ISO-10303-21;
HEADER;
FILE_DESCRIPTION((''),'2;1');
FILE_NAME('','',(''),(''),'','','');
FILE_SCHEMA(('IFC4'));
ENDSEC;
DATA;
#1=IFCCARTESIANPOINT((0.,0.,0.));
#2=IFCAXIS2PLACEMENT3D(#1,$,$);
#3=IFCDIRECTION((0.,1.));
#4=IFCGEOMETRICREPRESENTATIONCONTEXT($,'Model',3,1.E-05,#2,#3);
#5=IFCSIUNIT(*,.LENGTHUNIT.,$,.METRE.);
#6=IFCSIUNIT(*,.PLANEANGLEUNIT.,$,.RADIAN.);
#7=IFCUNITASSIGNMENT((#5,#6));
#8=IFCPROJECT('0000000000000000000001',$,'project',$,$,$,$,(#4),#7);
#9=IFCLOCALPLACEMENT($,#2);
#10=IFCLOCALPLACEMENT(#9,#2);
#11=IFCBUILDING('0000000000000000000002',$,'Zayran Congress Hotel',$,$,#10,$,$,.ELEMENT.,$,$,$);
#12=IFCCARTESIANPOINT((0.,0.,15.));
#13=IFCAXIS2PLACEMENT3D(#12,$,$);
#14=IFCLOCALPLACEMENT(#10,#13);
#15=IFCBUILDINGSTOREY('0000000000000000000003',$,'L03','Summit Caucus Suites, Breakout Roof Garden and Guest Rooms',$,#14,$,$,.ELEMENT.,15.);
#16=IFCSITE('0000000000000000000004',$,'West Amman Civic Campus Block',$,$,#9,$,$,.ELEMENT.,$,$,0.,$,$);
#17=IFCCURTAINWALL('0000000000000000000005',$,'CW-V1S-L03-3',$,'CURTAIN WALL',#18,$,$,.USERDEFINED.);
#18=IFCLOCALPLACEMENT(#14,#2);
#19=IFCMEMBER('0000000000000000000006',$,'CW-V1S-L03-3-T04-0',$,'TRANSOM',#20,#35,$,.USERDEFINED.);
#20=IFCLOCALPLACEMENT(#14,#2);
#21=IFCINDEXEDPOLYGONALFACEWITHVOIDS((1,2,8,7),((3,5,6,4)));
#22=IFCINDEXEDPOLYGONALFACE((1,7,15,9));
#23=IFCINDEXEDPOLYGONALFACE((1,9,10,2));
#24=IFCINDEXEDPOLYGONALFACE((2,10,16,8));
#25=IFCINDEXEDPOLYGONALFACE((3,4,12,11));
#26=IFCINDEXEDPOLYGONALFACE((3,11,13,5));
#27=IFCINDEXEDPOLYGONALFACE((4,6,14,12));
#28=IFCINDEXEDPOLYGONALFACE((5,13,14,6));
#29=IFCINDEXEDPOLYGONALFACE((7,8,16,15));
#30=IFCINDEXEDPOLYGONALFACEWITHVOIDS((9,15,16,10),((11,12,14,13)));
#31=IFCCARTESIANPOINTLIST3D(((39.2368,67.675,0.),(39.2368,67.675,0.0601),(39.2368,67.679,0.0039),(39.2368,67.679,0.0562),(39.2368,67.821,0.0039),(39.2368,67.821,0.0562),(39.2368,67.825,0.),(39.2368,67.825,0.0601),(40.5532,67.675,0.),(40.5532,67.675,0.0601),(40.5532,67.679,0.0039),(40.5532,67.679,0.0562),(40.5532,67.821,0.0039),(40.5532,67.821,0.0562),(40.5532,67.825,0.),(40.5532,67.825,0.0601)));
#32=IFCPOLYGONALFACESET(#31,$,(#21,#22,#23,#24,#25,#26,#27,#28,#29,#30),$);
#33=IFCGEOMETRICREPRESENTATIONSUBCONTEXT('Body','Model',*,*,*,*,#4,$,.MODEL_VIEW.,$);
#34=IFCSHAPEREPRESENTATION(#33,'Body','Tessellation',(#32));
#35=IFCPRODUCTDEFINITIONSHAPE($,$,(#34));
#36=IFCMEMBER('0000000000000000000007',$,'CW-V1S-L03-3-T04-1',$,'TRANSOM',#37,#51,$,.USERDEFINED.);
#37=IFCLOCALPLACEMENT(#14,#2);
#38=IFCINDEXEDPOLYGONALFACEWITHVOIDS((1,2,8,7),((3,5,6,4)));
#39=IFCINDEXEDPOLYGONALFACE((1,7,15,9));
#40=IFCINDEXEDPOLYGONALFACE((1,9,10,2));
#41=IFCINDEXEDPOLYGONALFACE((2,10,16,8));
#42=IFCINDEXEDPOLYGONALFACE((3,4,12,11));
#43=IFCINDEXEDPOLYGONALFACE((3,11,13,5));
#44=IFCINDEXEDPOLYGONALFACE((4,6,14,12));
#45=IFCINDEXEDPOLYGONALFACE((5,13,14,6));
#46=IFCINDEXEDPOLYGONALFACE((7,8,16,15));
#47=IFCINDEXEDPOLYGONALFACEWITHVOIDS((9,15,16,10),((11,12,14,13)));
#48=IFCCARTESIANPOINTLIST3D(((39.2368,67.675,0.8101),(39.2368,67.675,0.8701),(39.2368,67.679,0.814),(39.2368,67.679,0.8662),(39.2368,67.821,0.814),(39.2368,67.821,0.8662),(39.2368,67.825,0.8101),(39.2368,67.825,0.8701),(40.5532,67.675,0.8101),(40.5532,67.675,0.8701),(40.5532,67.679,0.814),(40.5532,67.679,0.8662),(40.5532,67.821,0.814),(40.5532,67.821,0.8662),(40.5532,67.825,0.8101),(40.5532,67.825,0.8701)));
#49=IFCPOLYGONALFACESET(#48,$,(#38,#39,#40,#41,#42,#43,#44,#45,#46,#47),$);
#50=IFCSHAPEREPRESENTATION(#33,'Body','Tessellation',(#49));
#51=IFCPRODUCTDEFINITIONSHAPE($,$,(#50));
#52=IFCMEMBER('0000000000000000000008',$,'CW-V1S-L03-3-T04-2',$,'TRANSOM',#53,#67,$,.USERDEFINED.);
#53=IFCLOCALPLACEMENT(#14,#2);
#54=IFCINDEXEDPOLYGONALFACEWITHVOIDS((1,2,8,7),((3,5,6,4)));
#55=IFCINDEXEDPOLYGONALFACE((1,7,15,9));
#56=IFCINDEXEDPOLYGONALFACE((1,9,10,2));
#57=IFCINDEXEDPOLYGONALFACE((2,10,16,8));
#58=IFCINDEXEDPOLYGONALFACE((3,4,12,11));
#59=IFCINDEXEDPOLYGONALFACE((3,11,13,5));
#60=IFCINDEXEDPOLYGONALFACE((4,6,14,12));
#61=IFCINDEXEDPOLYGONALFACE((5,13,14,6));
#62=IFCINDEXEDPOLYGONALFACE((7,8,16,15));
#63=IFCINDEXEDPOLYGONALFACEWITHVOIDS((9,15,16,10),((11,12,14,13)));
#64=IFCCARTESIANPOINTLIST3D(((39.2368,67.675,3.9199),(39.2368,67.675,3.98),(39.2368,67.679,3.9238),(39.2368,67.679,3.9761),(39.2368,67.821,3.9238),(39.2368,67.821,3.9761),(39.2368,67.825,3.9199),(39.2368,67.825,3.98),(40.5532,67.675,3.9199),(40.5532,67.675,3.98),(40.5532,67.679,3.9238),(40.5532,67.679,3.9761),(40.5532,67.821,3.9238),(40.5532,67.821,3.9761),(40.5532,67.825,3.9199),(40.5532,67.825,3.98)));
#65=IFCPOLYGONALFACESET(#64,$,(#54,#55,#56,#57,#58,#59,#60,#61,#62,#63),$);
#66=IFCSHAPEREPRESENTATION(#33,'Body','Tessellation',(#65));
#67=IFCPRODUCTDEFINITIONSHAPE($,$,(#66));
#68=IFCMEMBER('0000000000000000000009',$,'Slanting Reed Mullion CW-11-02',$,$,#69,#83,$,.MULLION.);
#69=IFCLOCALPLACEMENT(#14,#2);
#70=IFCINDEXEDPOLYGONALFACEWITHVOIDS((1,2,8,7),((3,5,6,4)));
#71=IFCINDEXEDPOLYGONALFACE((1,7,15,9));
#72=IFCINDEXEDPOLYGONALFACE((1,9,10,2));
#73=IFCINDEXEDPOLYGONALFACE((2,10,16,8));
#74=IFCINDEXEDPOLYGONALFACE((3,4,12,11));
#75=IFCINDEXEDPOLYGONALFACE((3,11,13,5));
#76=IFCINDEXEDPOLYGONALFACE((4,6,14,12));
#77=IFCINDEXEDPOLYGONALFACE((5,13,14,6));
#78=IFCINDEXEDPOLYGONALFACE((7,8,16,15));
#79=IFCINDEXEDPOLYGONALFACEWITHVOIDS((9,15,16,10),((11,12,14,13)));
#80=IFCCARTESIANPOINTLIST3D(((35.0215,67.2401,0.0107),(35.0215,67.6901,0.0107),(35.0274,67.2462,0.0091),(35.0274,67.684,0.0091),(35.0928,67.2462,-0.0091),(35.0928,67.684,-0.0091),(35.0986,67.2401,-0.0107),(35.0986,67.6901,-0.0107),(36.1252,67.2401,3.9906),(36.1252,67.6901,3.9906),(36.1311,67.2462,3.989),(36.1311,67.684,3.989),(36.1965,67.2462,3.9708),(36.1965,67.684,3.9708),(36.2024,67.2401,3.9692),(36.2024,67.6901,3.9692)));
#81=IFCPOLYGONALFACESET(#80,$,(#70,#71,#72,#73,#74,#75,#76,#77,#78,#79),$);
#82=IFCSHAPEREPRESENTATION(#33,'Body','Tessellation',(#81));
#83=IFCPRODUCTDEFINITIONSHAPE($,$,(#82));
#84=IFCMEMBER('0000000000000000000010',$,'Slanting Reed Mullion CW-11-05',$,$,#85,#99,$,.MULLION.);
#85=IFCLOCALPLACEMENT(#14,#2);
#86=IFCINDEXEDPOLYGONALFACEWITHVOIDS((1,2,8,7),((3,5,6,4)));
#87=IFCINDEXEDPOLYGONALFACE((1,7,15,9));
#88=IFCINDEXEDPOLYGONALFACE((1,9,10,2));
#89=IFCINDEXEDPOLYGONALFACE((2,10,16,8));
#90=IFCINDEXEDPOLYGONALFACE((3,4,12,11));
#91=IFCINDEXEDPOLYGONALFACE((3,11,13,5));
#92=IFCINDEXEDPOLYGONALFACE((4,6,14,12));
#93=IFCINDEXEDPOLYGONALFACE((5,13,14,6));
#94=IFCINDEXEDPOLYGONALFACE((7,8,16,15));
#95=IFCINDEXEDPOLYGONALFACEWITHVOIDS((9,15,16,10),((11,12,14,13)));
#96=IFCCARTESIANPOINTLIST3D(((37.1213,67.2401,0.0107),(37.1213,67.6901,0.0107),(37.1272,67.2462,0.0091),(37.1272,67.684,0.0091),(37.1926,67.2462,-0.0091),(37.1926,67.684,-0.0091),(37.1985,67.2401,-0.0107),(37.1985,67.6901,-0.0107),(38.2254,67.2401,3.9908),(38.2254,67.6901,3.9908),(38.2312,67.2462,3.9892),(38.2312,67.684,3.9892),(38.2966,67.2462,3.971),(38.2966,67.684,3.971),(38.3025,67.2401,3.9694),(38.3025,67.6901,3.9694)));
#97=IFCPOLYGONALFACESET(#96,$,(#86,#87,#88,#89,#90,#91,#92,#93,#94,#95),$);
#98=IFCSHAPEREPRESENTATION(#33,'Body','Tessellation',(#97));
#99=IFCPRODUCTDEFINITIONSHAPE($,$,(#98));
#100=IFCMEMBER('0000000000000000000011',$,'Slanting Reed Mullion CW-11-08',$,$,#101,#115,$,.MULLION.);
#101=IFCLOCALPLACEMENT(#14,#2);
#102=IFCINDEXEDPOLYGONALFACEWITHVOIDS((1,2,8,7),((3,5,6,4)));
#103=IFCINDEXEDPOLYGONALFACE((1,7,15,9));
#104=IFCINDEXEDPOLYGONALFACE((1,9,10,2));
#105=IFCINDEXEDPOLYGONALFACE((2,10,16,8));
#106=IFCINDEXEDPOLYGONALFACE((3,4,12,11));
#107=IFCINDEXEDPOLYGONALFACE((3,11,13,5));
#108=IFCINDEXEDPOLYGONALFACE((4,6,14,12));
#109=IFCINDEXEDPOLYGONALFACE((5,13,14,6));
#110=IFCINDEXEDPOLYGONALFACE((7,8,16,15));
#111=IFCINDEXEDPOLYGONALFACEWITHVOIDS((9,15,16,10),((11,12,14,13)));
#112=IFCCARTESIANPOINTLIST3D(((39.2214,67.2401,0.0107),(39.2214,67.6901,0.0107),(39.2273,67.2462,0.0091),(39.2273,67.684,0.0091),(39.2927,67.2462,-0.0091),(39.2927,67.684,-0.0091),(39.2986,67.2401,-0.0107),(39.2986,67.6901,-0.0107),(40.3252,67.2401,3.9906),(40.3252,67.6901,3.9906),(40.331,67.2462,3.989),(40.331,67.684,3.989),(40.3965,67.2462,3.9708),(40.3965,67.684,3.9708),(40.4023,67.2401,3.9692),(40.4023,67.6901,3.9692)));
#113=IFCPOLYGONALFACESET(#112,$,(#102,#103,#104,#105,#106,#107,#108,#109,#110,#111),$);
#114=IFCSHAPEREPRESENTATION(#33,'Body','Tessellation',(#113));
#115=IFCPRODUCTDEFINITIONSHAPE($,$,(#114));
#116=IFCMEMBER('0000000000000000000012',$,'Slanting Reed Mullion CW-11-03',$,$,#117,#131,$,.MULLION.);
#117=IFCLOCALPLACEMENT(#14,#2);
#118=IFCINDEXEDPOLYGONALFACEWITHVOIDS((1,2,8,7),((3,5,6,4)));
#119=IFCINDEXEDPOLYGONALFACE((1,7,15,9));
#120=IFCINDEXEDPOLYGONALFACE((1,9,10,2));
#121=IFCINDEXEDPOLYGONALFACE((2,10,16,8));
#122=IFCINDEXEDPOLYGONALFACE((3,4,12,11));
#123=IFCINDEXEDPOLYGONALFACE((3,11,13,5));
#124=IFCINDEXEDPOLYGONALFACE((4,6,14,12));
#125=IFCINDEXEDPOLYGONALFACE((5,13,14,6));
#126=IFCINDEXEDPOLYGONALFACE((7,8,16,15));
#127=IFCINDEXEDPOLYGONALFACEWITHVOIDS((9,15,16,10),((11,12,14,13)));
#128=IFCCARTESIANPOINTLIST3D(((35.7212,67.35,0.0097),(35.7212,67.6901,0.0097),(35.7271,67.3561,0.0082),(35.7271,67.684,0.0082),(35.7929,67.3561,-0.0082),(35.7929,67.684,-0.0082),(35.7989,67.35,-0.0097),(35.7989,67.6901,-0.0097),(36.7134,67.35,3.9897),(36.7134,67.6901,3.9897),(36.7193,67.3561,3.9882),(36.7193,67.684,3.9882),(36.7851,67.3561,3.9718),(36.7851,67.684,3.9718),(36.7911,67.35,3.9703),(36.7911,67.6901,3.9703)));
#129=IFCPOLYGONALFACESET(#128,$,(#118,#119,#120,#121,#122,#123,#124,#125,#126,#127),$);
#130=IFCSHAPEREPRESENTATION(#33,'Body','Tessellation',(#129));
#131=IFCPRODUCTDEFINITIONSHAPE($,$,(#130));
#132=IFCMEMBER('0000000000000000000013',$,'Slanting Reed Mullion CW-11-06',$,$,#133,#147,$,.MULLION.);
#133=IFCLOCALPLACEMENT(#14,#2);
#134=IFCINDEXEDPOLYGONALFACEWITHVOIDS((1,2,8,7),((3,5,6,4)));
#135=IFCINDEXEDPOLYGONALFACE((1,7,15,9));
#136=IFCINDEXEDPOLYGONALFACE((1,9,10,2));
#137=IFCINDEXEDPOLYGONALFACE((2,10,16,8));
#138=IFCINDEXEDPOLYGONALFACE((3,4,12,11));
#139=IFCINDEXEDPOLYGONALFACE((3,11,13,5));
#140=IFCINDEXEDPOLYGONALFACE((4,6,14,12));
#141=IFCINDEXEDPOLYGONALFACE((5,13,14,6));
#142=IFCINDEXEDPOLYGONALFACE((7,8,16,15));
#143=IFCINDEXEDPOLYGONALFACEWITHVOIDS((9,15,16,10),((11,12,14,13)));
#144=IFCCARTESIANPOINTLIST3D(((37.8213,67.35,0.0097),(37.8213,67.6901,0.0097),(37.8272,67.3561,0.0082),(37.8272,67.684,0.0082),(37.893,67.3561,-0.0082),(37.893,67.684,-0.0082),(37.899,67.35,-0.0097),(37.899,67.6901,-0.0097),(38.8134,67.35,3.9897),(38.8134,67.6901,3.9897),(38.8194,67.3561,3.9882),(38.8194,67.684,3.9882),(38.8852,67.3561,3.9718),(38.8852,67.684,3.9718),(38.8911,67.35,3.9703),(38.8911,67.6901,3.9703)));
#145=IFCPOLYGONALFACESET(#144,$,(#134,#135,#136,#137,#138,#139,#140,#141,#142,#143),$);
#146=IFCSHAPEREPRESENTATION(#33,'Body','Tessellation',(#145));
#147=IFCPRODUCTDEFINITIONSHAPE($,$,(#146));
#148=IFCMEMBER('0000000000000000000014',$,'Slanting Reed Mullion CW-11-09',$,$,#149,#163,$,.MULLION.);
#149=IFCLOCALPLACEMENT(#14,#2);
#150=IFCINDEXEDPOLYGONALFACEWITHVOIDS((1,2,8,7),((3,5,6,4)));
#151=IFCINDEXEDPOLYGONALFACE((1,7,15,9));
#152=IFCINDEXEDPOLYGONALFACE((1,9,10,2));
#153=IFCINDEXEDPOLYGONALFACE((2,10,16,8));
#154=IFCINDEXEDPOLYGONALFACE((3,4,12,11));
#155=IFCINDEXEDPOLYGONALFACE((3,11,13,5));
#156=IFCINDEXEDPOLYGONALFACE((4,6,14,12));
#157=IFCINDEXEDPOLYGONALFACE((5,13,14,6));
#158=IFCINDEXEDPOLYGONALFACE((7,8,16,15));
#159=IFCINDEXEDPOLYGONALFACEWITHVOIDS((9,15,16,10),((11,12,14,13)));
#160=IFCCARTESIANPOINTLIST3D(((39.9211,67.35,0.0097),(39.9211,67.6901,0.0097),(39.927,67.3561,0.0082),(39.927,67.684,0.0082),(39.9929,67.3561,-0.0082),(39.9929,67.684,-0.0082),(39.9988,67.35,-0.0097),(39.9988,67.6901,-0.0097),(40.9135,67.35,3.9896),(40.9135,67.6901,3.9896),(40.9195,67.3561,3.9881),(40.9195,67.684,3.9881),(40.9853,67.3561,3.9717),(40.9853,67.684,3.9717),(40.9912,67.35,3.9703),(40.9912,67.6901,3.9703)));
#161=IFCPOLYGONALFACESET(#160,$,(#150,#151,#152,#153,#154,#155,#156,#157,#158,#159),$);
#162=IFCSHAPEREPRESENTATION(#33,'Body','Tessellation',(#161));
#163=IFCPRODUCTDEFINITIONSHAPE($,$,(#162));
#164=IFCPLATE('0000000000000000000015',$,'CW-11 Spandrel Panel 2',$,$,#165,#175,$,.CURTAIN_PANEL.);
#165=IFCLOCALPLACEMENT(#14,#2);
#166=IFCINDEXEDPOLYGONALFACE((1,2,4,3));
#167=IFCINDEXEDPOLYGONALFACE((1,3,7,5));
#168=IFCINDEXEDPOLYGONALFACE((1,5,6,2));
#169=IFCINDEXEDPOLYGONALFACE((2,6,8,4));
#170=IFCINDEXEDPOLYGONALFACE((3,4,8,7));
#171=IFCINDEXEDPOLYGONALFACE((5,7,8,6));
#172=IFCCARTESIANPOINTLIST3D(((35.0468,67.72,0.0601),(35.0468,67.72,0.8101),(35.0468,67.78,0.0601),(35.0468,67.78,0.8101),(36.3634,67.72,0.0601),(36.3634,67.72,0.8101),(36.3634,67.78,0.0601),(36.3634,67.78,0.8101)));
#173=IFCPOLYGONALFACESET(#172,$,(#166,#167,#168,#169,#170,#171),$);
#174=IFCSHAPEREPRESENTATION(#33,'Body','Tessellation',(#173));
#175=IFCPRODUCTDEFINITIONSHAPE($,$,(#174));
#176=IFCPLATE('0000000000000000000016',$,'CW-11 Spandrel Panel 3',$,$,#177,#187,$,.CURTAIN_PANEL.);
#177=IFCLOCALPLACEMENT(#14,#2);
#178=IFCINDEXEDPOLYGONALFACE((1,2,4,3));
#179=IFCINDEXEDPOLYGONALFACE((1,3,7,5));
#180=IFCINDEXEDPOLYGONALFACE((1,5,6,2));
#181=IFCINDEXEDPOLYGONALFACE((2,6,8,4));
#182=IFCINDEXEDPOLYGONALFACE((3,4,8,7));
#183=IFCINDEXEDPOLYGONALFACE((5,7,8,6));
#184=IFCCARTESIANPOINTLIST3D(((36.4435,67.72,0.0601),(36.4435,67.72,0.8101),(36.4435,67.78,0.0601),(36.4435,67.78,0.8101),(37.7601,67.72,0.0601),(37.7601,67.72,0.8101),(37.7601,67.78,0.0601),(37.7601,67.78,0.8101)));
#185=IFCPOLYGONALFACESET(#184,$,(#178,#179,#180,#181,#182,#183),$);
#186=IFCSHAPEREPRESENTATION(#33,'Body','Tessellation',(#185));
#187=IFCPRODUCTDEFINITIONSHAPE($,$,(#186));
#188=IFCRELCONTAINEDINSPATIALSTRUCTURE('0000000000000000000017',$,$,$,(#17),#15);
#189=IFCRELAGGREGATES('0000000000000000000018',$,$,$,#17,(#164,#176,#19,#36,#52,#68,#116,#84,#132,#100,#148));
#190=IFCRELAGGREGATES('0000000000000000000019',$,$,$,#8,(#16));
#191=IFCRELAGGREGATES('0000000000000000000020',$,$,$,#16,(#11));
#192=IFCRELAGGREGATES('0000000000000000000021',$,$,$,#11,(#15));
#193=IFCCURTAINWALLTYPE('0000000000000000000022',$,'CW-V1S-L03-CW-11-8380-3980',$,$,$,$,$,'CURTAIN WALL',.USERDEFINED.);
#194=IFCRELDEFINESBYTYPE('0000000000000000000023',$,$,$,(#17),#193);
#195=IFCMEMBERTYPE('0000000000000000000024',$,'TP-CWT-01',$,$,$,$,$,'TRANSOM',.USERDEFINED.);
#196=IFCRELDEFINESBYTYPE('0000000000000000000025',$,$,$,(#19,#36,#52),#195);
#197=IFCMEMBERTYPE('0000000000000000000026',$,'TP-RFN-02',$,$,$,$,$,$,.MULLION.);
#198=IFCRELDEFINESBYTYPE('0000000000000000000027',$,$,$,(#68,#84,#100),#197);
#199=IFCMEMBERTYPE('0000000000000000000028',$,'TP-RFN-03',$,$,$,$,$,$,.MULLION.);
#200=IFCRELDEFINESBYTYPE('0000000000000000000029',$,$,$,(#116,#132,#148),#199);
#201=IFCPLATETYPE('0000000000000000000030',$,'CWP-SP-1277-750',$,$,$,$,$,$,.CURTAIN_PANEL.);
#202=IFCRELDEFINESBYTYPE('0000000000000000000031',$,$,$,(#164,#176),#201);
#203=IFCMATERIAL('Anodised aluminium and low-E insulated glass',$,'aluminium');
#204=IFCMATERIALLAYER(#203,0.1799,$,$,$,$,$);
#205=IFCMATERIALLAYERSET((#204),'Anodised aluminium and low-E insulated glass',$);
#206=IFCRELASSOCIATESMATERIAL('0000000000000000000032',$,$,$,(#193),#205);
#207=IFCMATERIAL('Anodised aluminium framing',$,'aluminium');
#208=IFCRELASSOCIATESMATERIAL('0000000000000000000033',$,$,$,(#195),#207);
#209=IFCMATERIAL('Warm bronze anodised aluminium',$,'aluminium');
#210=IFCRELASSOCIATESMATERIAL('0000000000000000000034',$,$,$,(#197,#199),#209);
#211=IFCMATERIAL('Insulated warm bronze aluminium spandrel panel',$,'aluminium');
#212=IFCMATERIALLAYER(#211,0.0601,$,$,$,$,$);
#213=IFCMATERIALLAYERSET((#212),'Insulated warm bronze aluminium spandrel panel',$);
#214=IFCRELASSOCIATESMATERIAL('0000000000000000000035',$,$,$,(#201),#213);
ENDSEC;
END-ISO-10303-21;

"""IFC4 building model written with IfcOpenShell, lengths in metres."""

from ifc_helpers import new_model, si_unit, direction, frame, origin, origin_2d, place, context, subcontext, project, spatial, rectangle, hollow_rectangle, extrude, material, layer, layer_set, material_profile, profile_set, type_object, element, aggregate, save


model = new_model("IFC4")

# Units and contexts
model_context = context("Model", 3, precision=1e-05, world=origin(), true_north=direction((0.0, 1.0)))
body_context = subcontext(model_context, "Body", "Model", "MODEL_VIEW")
ifc_project = project(units=[si_unit("LENGTHUNIT", "METRE"), si_unit("PLANEANGLEUNIT", "RADIAN")], contexts=[model_context])

# Site, building, storey
site_placement = place(None, origin())
site = spatial("IfcSite", under=ifc_project, at=site_placement, Name="West Amman Civic Campus Block", CompositionType="ELEMENT", RefElevation=0.0)
building_placement = place(site_placement, origin())
building = spatial("IfcBuilding", under=site, at=building_placement, Name="Zayran Congress Hotel", CompositionType="ELEMENT")
storey_placement = place(building_placement, frame((0.0, 0.0, 15.0)))
storey = spatial("IfcBuildingStorey", under=building, at=storey_placement, Name="L03", Description="Summit Caucus Suites, Breakout Roof Garden and Guest Rooms", CompositionType="ELEMENT", Elevation=15.0)

# Curtain wall, members, plates
ifc_material_1 = material(Name="Anodised aluminium and low-E insulated glass", Category="aluminium")
ifc_layer_1 = layer(ifc_material_1, 0.1799)
ifc_layer_set_1 = layer_set([ifc_layer_1], Name="Anodised aluminium and low-E insulated glass")
curtain_wall_type = type_object("IfcCurtainWallType", Name="CW-V1S-L03-CW-11-8380-3980", ElementType="CURTAIN WALL", PredefinedType="USERDEFINED", material=ifc_layer_set_1)
curtain_wall_placement = place(storey_placement, origin())
curtain_wall = element("IfcCurtainWall", 1, at=curtain_wall_placement, inside=storey, type_object=curtain_wall_type, Name="CW-V1S-L03-3", ObjectType="CURTAIN WALL", PredefinedType="USERDEFINED")
ifc_material_2 = material(Name="Anodised aluminium framing", Category="aluminium")
ifc_material_profile_1 = material_profile(ifc_material_2, hollow_rectangle(XDim=0.0601, YDim=0.1499, WallThickness=0.0039, at=origin_2d()), Name="RHS 150x60x4")
ifc_profile_set_1 = profile_set([ifc_material_profile_1], Name="Anodised aluminium framing")
member_type_1 = type_object("IfcMemberType", Name="TP-CWT-01", ElementType="TRANSOM", PredefinedType="USERDEFINED", material=ifc_profile_set_1)
member_1_placement = place(storey_placement, frame((39.2368, 67.75, 0.03), z_axis=(1.0, 0.0, 0.0), x_axis=(0.0, 0.0, 1.0)))
member_1 = element("IfcMember", 2, at=member_1_placement, type_object=member_type_1, Name="CW-V1S-L03-3-T04-0", ObjectType="TRANSOM", PredefinedType="USERDEFINED", context=body_context, shape_type="SweptSolid", body=[
    extrude(hollow_rectangle(XDim=0.0601, YDim=0.1499, WallThickness=0.0039, at=origin_2d()), origin(), (0.0, 0.0, 1.0), 1.3164),
])
member_2_placement = place(storey_placement, frame((39.2368, 67.75, 0.8401), z_axis=(1.0, 0.0, 0.0), x_axis=(0.0, 0.0, 1.0)))
member_2 = element("IfcMember", 3, at=member_2_placement, type_object=member_type_1, Name="CW-V1S-L03-3-T04-1", ObjectType="TRANSOM", PredefinedType="USERDEFINED", context=body_context, shape_type="SweptSolid", body=[
    extrude(hollow_rectangle(XDim=0.0601, YDim=0.1499, WallThickness=0.0039, at=origin_2d()), origin(), (0.0, 0.0, 1.0), 1.3164),
])
member_3_placement = place(storey_placement, frame((39.2368, 67.75, 3.95), z_axis=(1.0, 0.0, 0.0), x_axis=(0.0, 0.0, 1.0)))
member_3 = element("IfcMember", 4, at=member_3_placement, type_object=member_type_1, Name="CW-V1S-L03-3-T04-2", ObjectType="TRANSOM", PredefinedType="USERDEFINED", context=body_context, shape_type="SweptSolid", body=[
    extrude(hollow_rectangle(XDim=0.0601, YDim=0.1499, WallThickness=0.0039, at=origin_2d()), origin(), (0.0, 0.0, 1.0), 1.3164),
])
ifc_material_3 = material(Name="Warm bronze anodised aluminium", Category="aluminium")
ifc_material_profile_2 = material_profile(ifc_material_3, hollow_rectangle(XDim=0.0801, YDim=0.45, WallThickness=0.0061, at=origin_2d()), Name="RHS 450x80x6")
ifc_profile_set_2 = profile_set([ifc_material_profile_2], Name="Warm bronze anodised aluminium")
member_type_2 = type_object("IfcMemberType", Name="TP-RFN-02", PredefinedType="MULLION", material=ifc_profile_set_2)
member_4_placement = place(storey_placement, frame((35.0601, 67.4651, 0.0), z_axis=(0.267241, 0.0, 0.96363), x_axis=(-0.96363, 0.0, 0.267241)))
member_4 = element("IfcMember", 5, at=member_4_placement, type_object=member_type_2, Name="Slanting Reed Mullion CW-11-02", PredefinedType="MULLION", context=body_context, shape_type="SweptSolid", body=[
    extrude(hollow_rectangle(XDim=0.0801, YDim=0.45, WallThickness=0.0061, at=origin_2d()), origin(), (0.0, 0.0, 1.0), 4.1301),
])
member_5_placement = place(storey_placement, frame((37.1599, 67.4651, 0.0), z_axis=(0.267296, 0.0, 0.963614), x_axis=(-0.963614, 0.0, 0.267296)))
member_5 = element("IfcMember", 6, at=member_5_placement, type_object=member_type_2, Name="Slanting Reed Mullion CW-11-05", PredefinedType="MULLION", context=body_context, shape_type="SweptSolid", body=[
    extrude(hollow_rectangle(XDim=0.0801, YDim=0.45, WallThickness=0.0061, at=origin_2d()), origin(), (0.0, 0.0, 1.0), 4.1304),
])
member_6_placement = place(storey_placement, frame((39.26, 67.4651, 0.0), z_axis=(0.267241, 0.0, 0.96363), x_axis=(-0.96363, 0.0, 0.267241)))
member_6 = element("IfcMember", 7, at=member_6_placement, type_object=member_type_2, Name="Slanting Reed Mullion CW-11-08", PredefinedType="MULLION", context=body_context, shape_type="SweptSolid", body=[
    extrude(hollow_rectangle(XDim=0.0801, YDim=0.45, WallThickness=0.0061, at=origin_2d()), origin(), (0.0, 0.0, 1.0), 4.1301),
])
ifc_material_profile_3 = material_profile(ifc_material_3, hollow_rectangle(XDim=0.0801, YDim=0.3401, WallThickness=0.0061, at=origin_2d()), Name="RHS 340x80x6")
ifc_profile_set_3 = profile_set([ifc_material_profile_3], Name="Warm bronze anodised aluminium")
member_type_3 = type_object("IfcMemberType", Name="TP-RFN-03", PredefinedType="MULLION", material=ifc_profile_set_3)
member_7_placement = place(storey_placement, frame((35.76, 67.52, 0.0), z_axis=(0.241891, 0.0, 0.970303), x_axis=(-0.970303, 0.0, 0.241891)))
member_7 = element("IfcMember", 8, at=member_7_placement, type_object=member_type_3, Name="Slanting Reed Mullion CW-11-03", PredefinedType="MULLION", context=body_context, shape_type="SweptSolid", body=[
    extrude(hollow_rectangle(XDim=0.0801, YDim=0.3401, WallThickness=0.0061, at=origin_2d()), origin(), (0.0, 0.0, 1.0), 4.1018),
])
member_8_placement = place(storey_placement, frame((37.8601, 67.52, 0.0), z_axis=(0.241891, 0.0, 0.970303), x_axis=(-0.970303, 0.0, 0.241891)))
member_8 = element("IfcMember", 9, at=member_8_placement, type_object=member_type_3, Name="Slanting Reed Mullion CW-11-06", PredefinedType="MULLION", context=body_context, shape_type="SweptSolid", body=[
    extrude(hollow_rectangle(XDim=0.0801, YDim=0.3401, WallThickness=0.0061, at=origin_2d()), origin(), (0.0, 0.0, 1.0), 4.1018),
])
member_9_placement = place(storey_placement, frame((39.96, 67.52, 0.0), z_axis=(0.241947, 0.0, 0.970289), x_axis=(-0.970289, 0.0, 0.241947)))
member_9 = element("IfcMember", 10, at=member_9_placement, type_object=member_type_3, Name="Slanting Reed Mullion CW-11-09", PredefinedType="MULLION", context=body_context, shape_type="SweptSolid", body=[
    extrude(hollow_rectangle(XDim=0.0801, YDim=0.3401, WallThickness=0.0061, at=origin_2d()), origin(), (0.0, 0.0, 1.0), 4.1018),
])
ifc_material_4 = material(Name="Insulated warm bronze aluminium spandrel panel", Category="aluminium")
ifc_layer_2 = layer(ifc_material_4, 0.0601)
ifc_layer_set_2 = layer_set([ifc_layer_2], Name="Insulated warm bronze aluminium spandrel panel")
plate_type_1 = type_object("IfcPlateType", Name="CWP-SP-1277-750", PredefinedType="CURTAIN_PANEL", material=ifc_layer_set_2)
plate_1_placement = place(storey_placement, frame((35.7051, 67.75, 0.0601), z_axis=(0.0, 0.0, 1.0), x_axis=(1.0, 0.0, 0.0)))
plate_1 = element("IfcPlate", 11, at=plate_1_placement, type_object=plate_type_1, Name="CW-11 Spandrel Panel 2", PredefinedType="CURTAIN_PANEL", context=body_context, shape_type="SweptSolid", body=[
    extrude(rectangle(XDim=1.3167, YDim=0.0601, at=origin_2d()), origin(), (0.0, 0.0, 1.0), 0.75),
])
plate_2_placement = place(storey_placement, frame((37.1018, 67.75, 0.0601), z_axis=(0.0, 0.0, 1.0), x_axis=(1.0, 0.0, 0.0)))
plate_2 = element("IfcPlate", 12, at=plate_2_placement, type_object=plate_type_1, Name="CW-11 Spandrel Panel 3", PredefinedType="CURTAIN_PANEL", context=body_context, shape_type="SweptSolid", body=[
    extrude(rectangle(XDim=1.3167, YDim=0.0601, at=origin_2d()), origin(), (0.0, 0.0, 1.0), 0.75),
])
aggregate(curtain_wall, [plate_1, plate_2, member_1, member_2, member_3, member_4, member_7, member_5, member_8, member_6, member_9])

save(model, "model.ifc")
